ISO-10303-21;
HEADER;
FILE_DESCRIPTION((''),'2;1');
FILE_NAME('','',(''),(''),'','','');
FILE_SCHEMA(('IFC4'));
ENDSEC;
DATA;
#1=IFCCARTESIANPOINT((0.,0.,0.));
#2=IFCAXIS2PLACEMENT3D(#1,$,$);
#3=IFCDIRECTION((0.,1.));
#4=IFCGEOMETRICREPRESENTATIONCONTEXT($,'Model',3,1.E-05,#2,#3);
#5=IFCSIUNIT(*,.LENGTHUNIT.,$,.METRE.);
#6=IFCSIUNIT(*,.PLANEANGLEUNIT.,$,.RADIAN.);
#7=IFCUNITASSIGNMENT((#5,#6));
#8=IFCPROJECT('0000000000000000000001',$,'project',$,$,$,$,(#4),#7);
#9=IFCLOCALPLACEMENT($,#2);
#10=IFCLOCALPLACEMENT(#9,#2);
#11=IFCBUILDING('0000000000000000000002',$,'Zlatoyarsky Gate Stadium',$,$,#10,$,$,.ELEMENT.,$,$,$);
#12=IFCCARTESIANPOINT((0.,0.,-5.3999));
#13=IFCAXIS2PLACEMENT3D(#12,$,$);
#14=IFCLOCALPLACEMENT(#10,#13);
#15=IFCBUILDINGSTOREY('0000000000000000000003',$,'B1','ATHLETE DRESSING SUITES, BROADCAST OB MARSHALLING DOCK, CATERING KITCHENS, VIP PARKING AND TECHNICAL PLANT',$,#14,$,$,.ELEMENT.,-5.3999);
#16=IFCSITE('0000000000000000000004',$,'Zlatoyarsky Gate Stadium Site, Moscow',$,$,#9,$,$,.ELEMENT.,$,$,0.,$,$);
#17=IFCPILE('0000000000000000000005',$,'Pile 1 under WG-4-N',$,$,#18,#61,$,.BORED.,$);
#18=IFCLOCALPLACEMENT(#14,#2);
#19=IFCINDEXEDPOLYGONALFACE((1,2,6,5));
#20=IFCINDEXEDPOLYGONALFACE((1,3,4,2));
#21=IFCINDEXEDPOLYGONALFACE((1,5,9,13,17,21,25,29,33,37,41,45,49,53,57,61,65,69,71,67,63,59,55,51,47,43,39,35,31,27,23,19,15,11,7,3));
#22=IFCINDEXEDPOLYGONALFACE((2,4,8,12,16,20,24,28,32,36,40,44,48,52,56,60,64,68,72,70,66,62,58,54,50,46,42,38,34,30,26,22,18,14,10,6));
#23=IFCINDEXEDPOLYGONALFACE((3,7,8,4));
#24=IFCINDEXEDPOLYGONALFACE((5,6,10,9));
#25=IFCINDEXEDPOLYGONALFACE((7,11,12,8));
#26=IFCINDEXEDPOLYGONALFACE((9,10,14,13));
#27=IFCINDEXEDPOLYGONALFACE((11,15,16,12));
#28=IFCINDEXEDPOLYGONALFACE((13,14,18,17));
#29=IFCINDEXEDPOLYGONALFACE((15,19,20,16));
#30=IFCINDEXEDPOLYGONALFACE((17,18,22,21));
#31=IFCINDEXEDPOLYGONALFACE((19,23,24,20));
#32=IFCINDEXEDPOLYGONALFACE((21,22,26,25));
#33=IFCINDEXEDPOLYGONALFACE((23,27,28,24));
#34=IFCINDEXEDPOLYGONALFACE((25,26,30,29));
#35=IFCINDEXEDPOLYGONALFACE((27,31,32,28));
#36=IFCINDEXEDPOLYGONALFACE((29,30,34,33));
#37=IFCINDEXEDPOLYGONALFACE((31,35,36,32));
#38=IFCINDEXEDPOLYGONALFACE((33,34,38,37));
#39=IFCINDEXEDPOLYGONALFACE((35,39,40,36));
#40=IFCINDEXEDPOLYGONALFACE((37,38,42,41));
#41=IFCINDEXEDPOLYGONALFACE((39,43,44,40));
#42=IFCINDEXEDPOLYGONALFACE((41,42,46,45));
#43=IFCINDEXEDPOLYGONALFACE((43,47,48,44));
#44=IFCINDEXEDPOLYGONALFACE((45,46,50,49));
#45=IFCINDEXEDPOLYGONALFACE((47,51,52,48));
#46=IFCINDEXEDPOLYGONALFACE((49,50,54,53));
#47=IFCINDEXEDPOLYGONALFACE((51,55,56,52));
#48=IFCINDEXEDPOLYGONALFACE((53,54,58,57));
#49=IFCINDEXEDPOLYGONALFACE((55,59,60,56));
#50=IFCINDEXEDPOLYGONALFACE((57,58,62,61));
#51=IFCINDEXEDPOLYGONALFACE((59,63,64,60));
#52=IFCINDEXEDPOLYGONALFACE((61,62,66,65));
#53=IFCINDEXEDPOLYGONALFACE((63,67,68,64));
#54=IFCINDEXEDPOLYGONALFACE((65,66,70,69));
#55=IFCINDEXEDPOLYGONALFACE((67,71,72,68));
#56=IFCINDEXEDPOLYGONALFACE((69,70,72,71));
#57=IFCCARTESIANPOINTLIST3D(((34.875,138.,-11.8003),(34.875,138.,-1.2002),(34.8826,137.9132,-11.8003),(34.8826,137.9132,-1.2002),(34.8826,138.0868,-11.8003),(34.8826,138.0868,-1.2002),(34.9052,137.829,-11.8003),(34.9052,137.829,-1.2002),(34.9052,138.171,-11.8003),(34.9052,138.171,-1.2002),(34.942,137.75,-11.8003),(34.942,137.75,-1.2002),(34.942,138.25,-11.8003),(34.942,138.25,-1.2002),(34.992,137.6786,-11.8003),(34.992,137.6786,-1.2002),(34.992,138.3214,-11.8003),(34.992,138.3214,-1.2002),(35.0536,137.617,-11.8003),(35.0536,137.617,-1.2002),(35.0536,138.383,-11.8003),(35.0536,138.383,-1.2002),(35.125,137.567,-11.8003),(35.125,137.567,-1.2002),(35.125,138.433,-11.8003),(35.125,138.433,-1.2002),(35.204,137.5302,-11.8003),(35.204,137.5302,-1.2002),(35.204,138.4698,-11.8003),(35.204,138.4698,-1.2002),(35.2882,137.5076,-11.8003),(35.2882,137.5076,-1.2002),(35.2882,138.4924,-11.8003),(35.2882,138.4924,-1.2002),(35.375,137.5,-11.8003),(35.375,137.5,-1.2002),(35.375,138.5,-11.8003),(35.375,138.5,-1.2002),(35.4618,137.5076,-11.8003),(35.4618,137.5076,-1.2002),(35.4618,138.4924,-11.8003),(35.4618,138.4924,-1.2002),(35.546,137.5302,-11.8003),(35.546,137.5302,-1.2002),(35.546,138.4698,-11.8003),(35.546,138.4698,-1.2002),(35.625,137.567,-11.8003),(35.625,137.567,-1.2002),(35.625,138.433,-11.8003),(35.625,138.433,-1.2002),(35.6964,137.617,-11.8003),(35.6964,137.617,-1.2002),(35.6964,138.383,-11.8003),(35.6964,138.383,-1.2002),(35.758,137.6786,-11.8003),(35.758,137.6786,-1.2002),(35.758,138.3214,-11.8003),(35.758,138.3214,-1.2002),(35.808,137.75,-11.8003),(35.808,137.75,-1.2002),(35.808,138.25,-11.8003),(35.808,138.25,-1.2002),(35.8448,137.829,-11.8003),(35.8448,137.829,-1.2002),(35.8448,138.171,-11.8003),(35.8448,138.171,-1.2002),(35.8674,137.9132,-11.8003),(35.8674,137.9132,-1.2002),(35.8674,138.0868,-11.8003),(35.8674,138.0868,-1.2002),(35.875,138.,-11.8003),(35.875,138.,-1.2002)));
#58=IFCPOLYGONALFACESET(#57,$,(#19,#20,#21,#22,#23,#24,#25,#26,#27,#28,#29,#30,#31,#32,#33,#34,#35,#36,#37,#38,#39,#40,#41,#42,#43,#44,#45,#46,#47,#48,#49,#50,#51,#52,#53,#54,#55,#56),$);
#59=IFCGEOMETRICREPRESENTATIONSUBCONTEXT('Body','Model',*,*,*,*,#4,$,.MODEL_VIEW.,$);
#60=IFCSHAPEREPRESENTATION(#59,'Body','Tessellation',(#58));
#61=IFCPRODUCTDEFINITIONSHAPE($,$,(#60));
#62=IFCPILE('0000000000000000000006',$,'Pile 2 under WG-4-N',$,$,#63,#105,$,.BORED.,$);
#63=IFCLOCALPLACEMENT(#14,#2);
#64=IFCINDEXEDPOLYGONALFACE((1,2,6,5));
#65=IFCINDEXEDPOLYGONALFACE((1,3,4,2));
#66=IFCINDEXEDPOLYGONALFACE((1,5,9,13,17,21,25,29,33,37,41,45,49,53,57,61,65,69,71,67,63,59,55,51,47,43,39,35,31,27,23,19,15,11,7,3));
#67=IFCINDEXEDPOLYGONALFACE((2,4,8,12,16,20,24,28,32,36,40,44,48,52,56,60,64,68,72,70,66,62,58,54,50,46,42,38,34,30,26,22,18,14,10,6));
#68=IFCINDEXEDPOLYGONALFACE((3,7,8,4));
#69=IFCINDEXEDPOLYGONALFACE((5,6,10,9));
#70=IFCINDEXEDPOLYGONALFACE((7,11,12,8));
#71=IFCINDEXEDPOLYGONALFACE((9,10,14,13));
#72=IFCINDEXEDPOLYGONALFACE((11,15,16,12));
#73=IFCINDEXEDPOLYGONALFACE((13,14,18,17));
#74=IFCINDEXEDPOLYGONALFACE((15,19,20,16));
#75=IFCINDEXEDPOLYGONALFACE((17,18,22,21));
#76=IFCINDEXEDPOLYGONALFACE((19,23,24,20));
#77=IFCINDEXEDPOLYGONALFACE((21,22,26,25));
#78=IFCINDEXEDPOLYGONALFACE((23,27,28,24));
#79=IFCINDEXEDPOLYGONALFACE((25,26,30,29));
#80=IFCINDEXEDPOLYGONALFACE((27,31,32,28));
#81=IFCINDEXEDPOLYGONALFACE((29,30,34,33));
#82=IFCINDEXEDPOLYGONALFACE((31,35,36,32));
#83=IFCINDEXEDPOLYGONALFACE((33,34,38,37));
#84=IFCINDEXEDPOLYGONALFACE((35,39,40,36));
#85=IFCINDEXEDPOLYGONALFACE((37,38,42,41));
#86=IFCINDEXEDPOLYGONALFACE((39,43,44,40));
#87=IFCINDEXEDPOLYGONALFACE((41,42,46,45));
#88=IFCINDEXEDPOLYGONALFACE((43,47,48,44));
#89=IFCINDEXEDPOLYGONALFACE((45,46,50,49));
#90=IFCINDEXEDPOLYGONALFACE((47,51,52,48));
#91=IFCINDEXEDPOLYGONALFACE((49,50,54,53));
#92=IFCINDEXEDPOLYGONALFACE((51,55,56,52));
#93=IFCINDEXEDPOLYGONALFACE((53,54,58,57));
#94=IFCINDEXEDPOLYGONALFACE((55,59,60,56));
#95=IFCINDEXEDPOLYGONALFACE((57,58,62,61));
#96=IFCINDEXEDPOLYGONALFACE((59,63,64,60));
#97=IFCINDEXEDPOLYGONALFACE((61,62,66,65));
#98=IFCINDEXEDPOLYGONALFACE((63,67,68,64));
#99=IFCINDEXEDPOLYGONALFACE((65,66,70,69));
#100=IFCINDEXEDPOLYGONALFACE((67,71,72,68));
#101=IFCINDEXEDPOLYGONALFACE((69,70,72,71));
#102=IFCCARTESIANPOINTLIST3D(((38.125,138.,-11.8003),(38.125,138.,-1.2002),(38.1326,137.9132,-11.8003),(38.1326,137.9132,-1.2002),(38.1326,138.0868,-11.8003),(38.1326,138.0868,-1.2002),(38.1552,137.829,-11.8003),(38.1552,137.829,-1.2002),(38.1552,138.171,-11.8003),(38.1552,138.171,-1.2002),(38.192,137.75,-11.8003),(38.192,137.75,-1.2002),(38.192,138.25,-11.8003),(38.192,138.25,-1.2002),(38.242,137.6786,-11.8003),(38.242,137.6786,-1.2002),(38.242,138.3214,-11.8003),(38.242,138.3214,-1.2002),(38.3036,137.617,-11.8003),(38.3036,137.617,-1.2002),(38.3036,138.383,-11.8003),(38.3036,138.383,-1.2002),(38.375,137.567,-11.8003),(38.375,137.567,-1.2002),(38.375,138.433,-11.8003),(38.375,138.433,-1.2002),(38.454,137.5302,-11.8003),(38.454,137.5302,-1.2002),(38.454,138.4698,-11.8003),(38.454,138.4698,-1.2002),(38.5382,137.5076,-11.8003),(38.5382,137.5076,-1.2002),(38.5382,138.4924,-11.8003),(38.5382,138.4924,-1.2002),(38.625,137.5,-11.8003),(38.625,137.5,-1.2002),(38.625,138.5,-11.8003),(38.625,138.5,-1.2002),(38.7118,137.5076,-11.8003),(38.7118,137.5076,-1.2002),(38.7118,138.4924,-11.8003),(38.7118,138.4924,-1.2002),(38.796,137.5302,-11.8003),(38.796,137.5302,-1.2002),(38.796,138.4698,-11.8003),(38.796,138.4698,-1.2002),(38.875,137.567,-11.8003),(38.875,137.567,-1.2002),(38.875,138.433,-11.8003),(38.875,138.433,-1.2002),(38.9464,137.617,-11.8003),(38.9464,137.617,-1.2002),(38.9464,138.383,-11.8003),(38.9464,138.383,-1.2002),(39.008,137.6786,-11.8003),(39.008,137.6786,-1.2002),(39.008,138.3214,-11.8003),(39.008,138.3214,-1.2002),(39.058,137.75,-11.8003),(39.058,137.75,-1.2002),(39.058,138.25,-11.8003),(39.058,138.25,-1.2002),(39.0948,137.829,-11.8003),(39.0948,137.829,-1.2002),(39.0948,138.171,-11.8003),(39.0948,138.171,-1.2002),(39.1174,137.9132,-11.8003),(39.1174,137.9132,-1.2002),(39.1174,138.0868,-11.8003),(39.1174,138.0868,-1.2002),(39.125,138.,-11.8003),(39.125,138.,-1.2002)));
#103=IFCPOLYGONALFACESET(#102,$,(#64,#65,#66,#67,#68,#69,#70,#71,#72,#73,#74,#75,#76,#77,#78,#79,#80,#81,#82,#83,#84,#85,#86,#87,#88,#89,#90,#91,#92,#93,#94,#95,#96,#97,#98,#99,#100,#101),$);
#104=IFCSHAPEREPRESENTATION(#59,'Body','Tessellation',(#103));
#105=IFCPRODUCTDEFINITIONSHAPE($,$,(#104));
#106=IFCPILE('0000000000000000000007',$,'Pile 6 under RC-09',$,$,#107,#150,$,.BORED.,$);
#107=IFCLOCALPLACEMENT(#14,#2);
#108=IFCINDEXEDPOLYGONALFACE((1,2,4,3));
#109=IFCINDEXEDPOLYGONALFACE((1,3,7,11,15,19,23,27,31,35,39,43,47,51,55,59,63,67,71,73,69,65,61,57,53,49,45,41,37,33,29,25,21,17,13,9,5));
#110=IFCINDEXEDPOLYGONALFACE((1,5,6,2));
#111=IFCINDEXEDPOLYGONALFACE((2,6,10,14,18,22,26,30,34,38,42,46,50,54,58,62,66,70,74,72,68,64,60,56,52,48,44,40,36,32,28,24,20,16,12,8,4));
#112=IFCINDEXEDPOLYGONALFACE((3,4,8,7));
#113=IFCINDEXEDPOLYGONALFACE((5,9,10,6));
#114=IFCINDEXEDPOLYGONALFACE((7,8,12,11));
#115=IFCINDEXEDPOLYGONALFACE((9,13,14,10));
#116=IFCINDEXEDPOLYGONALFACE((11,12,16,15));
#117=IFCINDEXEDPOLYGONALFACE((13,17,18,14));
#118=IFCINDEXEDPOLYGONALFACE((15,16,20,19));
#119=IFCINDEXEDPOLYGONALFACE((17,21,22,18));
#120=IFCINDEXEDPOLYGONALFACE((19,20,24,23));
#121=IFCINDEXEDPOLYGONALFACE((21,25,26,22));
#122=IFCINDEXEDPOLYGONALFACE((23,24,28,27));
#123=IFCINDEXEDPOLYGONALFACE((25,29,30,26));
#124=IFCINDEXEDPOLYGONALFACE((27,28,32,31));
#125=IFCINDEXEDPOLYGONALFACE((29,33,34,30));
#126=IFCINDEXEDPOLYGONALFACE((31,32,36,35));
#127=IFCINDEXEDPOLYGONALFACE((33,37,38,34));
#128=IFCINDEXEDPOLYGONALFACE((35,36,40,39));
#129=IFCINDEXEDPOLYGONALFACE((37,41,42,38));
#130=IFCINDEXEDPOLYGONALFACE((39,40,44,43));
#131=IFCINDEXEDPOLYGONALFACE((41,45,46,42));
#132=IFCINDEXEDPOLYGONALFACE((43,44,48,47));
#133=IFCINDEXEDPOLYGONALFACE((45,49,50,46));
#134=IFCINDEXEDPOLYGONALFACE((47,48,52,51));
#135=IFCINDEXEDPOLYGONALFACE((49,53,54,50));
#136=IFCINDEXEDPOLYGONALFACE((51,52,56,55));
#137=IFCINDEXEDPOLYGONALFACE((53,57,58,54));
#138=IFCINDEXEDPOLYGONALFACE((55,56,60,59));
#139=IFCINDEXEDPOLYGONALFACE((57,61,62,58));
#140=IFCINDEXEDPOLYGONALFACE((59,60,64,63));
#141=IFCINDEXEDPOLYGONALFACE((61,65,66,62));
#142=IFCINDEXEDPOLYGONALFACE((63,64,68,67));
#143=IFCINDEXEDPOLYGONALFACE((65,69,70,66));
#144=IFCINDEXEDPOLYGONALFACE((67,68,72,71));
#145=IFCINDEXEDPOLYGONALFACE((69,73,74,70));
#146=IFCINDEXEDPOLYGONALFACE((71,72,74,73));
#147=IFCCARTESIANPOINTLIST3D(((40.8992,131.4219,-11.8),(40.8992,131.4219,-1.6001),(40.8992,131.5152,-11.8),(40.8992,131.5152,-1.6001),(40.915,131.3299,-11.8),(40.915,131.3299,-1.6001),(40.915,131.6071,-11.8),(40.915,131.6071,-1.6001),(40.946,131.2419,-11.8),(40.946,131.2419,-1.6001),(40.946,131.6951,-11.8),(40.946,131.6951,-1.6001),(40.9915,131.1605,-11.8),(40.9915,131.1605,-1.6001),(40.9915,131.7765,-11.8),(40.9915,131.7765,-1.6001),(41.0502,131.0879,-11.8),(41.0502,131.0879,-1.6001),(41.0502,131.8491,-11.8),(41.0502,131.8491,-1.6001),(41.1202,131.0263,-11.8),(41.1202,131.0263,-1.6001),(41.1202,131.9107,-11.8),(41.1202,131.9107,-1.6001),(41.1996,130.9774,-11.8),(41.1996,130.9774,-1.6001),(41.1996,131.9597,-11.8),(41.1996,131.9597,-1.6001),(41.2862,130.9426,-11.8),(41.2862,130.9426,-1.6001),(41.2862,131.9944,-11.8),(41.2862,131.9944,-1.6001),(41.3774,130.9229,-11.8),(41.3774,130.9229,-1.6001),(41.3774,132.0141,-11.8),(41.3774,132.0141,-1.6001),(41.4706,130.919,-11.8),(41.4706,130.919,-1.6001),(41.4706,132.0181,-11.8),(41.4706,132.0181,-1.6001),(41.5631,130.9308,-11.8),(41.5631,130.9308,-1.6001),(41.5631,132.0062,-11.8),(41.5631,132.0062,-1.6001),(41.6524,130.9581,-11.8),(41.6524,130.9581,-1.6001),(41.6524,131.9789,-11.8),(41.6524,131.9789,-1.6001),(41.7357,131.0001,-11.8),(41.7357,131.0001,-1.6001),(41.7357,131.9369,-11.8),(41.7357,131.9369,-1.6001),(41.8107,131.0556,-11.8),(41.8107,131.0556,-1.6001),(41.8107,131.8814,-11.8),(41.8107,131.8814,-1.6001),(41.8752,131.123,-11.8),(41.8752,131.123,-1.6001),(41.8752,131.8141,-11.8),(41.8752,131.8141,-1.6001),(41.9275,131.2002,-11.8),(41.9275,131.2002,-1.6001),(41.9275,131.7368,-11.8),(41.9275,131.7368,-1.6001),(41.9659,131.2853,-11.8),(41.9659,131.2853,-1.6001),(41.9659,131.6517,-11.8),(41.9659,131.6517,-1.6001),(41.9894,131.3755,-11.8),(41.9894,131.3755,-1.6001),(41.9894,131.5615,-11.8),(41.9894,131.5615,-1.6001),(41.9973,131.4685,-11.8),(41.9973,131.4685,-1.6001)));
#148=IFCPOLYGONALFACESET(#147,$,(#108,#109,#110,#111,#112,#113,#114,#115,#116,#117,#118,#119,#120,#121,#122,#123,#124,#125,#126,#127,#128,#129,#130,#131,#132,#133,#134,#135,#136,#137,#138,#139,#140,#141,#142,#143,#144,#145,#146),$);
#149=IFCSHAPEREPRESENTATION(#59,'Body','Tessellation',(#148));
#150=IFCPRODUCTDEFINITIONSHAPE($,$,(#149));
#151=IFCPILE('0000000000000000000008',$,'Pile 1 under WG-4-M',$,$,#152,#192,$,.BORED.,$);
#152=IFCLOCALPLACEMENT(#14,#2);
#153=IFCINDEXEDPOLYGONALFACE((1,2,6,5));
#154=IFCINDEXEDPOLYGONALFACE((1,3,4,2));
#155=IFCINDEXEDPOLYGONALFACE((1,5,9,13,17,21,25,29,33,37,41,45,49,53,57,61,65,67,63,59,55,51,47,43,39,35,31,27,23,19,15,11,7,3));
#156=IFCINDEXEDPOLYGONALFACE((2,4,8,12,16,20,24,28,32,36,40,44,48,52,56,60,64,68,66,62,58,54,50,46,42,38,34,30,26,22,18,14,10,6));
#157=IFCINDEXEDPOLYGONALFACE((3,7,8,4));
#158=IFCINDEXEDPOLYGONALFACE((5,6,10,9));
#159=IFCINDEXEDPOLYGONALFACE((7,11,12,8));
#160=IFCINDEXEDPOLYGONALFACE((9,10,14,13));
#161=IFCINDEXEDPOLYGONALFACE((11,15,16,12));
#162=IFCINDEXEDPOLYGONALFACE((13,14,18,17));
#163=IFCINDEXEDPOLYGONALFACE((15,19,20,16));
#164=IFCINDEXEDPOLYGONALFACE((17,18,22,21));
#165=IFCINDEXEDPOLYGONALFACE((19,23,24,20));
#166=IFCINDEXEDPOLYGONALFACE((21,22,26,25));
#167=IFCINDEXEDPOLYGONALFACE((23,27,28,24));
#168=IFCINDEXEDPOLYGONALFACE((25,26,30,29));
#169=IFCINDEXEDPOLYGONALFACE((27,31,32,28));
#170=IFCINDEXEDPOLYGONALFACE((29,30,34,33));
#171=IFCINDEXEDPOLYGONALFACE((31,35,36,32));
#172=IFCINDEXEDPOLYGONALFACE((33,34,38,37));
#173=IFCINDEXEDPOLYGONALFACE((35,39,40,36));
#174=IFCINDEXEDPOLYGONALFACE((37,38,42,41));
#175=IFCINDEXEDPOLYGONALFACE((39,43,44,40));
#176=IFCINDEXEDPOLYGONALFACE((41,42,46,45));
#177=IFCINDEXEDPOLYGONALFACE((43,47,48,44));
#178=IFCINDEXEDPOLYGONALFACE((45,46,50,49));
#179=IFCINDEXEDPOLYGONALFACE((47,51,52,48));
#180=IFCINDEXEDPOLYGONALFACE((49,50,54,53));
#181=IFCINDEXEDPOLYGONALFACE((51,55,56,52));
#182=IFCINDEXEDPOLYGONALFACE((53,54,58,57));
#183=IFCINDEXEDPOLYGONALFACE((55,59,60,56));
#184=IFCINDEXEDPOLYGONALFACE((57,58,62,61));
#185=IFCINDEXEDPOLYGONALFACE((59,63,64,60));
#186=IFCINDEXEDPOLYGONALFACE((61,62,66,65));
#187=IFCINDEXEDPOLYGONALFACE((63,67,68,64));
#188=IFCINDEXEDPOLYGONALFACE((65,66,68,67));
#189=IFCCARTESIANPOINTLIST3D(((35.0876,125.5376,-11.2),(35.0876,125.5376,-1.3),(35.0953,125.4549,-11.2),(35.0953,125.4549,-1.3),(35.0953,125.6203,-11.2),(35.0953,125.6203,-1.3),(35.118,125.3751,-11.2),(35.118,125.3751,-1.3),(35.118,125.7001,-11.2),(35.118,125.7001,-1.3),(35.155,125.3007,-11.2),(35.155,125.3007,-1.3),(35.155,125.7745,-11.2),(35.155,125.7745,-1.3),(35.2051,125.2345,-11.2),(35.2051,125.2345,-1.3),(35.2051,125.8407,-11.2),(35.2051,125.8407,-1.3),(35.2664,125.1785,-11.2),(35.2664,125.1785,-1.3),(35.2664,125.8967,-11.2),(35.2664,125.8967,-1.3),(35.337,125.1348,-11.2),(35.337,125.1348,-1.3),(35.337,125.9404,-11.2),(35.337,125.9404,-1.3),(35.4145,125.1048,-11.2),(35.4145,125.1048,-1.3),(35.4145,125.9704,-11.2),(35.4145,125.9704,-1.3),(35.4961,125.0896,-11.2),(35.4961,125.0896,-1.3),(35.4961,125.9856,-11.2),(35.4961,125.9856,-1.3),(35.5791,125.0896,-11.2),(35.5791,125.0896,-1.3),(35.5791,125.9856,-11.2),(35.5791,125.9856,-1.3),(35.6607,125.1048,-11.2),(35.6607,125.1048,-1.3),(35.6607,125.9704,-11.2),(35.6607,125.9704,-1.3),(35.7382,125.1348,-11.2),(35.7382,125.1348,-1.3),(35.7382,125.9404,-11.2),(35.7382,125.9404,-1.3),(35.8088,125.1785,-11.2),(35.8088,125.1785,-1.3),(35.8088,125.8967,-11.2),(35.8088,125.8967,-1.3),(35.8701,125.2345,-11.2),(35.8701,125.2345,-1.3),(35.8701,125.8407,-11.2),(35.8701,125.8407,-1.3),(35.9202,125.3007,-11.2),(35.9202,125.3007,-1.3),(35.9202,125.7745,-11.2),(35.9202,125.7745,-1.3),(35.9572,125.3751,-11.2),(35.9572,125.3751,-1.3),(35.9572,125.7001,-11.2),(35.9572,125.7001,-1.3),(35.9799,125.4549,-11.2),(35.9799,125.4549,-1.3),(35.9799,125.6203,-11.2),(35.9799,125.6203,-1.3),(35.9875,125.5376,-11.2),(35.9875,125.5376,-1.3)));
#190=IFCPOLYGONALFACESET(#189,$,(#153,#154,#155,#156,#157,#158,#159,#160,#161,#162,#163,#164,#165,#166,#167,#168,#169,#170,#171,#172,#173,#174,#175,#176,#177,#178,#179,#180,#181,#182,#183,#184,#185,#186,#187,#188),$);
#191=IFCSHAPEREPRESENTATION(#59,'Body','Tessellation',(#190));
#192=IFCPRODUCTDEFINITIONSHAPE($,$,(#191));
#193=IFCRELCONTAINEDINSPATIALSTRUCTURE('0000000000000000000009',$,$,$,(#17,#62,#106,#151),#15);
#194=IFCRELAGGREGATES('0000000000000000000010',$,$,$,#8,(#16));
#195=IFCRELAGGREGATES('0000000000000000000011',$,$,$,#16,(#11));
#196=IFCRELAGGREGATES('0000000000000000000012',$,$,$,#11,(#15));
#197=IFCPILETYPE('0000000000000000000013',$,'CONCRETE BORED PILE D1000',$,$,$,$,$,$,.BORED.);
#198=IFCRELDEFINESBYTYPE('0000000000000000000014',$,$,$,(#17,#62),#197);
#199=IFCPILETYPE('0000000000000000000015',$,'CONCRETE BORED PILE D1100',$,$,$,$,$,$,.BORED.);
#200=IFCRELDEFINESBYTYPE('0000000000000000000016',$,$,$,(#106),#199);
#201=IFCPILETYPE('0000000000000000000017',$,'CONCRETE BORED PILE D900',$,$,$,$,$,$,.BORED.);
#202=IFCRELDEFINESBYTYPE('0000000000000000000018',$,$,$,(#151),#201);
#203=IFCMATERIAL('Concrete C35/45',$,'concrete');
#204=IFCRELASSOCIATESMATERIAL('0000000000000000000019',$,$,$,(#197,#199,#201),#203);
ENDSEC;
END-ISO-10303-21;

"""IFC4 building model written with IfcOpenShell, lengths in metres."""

from ifc_helpers import new_model, si_unit, direction, frame, origin, origin_2d, place, context, subcontext, project, spatial, circle, extrude, material, material_profile, profile_set, type_object, element, save


model = new_model("IFC4")

# Units and contexts
model_context = context("Model", 3, precision=1e-05, world=origin(), true_north=direction((0.0, 1.0)))
body_context = subcontext(model_context, "Body", "Model", "MODEL_VIEW")
ifc_project = project(units=[si_unit("LENGTHUNIT", "METRE"), si_unit("PLANEANGLEUNIT", "RADIAN")], contexts=[model_context])

# Site, building, storey
site_placement = place(None, origin())
site = spatial("IfcSite", under=ifc_project, at=site_placement, Name="Zlatoyarsky Gate Stadium Site, Moscow", CompositionType="ELEMENT", RefElevation=0.0)
building_placement = place(site_placement, origin())
building = spatial("IfcBuilding", under=site, at=building_placement, Name="Zlatoyarsky Gate Stadium", CompositionType="ELEMENT")
storey_placement = place(building_placement, frame((0.0, 0.0, -5.3999)))
storey = spatial("IfcBuildingStorey", under=building, at=storey_placement, Name="B1", Description="ATHLETE DRESSING SUITES, BROADCAST OB MARSHALLING DOCK, CATERING KITCHENS, VIP PARKING AND TECHNICAL PLANT", CompositionType="ELEMENT", Elevation=-5.3999)

# Piles
ifc_material_1 = material(Name="Concrete C35/45", Category="concrete")
ifc_material_profile_1 = material_profile(ifc_material_1, circle(Radius=0.5, at=origin_2d()), Name="BORED PILE D1000")
ifc_profile_set_1 = profile_set([ifc_material_profile_1], Name="Concrete C35/45")
pile_type_1 = type_object("IfcPileType", Name="CONCRETE BORED PILE D1000", PredefinedType="BORED", material=ifc_profile_set_1)
for number, where, z_axis, x_axis, name in (
    (1, (35.375, 138.0, -1.2002), (0.0, 0.0, -1.0), (1.0, 0.0, 0.0), "Pile 1 under WG-4-N"),
    (2, (38.625, 138.0, -1.2002), (0.0, 0.0, -1.0), (1.0, 0.0, 0.0), "Pile 2 under WG-4-N"),
):
    element("IfcPile", number, at=place(storey_placement, frame(where, z_axis=z_axis, x_axis=x_axis)), inside=storey, type_object=pile_type_1, Name=name, PredefinedType="BORED", context=body_context, shape_type="SweptSolid", body=[
        extrude(circle(Radius=0.5, at=origin_2d()), origin(), (0.0, 0.0, 1.0), 10.6001),
    ])
ifc_material_profile_2 = material_profile(ifc_material_1, circle(Radius=0.55, at=origin_2d()), Name="BORED PILE D1100")
ifc_profile_set_2 = profile_set([ifc_material_profile_2], Name="Concrete C35/45")
pile_type_2 = type_object("IfcPileType", Name="CONCRETE BORED PILE D1100", PredefinedType="BORED", material=ifc_profile_set_2)
pile_placement = place(storey_placement, frame((41.4473, 131.4685, -1.6001), z_axis=(0.0, 0.0, -1.0), x_axis=(1.0, 0.0, 0.0)))
element("IfcPile", 3, at=pile_placement, inside=storey, type_object=pile_type_2, Name="Pile 6 under RC-09", PredefinedType="BORED", context=body_context, shape_type="SweptSolid", body=[
    extrude(circle(Radius=0.55, at=origin_2d()), origin(), (0.0, 0.0, 1.0), 10.2),
])
ifc_material_profile_3 = material_profile(ifc_material_1, circle(Radius=0.45, at=origin_2d()), Name="BORED PILE D900")
ifc_profile_set_3 = profile_set([ifc_material_profile_3], Name="Concrete C35/45")
pile_type_3 = type_object("IfcPileType", Name="CONCRETE BORED PILE D900", PredefinedType="BORED", material=ifc_profile_set_3)
for number, where, z_axis, x_axis, name in (
    (4, (35.5376, 125.5376, -1.3), (0.0, 0.0, -1.0), (1.0, 0.0, 0.0), "Pile 1 under WG-4-M"),
):
    element("IfcPile", number, at=place(storey_placement, frame(where, z_axis=z_axis, x_axis=x_axis)), inside=storey, type_object=pile_type_3, Name=name, PredefinedType="BORED", context=body_context, shape_type="SweptSolid", body=[
        extrude(circle(Radius=0.45, at=origin_2d()), origin(), (0.0, 0.0, 1.0), 9.8999),
    ])

save(model, "model.ifc")
